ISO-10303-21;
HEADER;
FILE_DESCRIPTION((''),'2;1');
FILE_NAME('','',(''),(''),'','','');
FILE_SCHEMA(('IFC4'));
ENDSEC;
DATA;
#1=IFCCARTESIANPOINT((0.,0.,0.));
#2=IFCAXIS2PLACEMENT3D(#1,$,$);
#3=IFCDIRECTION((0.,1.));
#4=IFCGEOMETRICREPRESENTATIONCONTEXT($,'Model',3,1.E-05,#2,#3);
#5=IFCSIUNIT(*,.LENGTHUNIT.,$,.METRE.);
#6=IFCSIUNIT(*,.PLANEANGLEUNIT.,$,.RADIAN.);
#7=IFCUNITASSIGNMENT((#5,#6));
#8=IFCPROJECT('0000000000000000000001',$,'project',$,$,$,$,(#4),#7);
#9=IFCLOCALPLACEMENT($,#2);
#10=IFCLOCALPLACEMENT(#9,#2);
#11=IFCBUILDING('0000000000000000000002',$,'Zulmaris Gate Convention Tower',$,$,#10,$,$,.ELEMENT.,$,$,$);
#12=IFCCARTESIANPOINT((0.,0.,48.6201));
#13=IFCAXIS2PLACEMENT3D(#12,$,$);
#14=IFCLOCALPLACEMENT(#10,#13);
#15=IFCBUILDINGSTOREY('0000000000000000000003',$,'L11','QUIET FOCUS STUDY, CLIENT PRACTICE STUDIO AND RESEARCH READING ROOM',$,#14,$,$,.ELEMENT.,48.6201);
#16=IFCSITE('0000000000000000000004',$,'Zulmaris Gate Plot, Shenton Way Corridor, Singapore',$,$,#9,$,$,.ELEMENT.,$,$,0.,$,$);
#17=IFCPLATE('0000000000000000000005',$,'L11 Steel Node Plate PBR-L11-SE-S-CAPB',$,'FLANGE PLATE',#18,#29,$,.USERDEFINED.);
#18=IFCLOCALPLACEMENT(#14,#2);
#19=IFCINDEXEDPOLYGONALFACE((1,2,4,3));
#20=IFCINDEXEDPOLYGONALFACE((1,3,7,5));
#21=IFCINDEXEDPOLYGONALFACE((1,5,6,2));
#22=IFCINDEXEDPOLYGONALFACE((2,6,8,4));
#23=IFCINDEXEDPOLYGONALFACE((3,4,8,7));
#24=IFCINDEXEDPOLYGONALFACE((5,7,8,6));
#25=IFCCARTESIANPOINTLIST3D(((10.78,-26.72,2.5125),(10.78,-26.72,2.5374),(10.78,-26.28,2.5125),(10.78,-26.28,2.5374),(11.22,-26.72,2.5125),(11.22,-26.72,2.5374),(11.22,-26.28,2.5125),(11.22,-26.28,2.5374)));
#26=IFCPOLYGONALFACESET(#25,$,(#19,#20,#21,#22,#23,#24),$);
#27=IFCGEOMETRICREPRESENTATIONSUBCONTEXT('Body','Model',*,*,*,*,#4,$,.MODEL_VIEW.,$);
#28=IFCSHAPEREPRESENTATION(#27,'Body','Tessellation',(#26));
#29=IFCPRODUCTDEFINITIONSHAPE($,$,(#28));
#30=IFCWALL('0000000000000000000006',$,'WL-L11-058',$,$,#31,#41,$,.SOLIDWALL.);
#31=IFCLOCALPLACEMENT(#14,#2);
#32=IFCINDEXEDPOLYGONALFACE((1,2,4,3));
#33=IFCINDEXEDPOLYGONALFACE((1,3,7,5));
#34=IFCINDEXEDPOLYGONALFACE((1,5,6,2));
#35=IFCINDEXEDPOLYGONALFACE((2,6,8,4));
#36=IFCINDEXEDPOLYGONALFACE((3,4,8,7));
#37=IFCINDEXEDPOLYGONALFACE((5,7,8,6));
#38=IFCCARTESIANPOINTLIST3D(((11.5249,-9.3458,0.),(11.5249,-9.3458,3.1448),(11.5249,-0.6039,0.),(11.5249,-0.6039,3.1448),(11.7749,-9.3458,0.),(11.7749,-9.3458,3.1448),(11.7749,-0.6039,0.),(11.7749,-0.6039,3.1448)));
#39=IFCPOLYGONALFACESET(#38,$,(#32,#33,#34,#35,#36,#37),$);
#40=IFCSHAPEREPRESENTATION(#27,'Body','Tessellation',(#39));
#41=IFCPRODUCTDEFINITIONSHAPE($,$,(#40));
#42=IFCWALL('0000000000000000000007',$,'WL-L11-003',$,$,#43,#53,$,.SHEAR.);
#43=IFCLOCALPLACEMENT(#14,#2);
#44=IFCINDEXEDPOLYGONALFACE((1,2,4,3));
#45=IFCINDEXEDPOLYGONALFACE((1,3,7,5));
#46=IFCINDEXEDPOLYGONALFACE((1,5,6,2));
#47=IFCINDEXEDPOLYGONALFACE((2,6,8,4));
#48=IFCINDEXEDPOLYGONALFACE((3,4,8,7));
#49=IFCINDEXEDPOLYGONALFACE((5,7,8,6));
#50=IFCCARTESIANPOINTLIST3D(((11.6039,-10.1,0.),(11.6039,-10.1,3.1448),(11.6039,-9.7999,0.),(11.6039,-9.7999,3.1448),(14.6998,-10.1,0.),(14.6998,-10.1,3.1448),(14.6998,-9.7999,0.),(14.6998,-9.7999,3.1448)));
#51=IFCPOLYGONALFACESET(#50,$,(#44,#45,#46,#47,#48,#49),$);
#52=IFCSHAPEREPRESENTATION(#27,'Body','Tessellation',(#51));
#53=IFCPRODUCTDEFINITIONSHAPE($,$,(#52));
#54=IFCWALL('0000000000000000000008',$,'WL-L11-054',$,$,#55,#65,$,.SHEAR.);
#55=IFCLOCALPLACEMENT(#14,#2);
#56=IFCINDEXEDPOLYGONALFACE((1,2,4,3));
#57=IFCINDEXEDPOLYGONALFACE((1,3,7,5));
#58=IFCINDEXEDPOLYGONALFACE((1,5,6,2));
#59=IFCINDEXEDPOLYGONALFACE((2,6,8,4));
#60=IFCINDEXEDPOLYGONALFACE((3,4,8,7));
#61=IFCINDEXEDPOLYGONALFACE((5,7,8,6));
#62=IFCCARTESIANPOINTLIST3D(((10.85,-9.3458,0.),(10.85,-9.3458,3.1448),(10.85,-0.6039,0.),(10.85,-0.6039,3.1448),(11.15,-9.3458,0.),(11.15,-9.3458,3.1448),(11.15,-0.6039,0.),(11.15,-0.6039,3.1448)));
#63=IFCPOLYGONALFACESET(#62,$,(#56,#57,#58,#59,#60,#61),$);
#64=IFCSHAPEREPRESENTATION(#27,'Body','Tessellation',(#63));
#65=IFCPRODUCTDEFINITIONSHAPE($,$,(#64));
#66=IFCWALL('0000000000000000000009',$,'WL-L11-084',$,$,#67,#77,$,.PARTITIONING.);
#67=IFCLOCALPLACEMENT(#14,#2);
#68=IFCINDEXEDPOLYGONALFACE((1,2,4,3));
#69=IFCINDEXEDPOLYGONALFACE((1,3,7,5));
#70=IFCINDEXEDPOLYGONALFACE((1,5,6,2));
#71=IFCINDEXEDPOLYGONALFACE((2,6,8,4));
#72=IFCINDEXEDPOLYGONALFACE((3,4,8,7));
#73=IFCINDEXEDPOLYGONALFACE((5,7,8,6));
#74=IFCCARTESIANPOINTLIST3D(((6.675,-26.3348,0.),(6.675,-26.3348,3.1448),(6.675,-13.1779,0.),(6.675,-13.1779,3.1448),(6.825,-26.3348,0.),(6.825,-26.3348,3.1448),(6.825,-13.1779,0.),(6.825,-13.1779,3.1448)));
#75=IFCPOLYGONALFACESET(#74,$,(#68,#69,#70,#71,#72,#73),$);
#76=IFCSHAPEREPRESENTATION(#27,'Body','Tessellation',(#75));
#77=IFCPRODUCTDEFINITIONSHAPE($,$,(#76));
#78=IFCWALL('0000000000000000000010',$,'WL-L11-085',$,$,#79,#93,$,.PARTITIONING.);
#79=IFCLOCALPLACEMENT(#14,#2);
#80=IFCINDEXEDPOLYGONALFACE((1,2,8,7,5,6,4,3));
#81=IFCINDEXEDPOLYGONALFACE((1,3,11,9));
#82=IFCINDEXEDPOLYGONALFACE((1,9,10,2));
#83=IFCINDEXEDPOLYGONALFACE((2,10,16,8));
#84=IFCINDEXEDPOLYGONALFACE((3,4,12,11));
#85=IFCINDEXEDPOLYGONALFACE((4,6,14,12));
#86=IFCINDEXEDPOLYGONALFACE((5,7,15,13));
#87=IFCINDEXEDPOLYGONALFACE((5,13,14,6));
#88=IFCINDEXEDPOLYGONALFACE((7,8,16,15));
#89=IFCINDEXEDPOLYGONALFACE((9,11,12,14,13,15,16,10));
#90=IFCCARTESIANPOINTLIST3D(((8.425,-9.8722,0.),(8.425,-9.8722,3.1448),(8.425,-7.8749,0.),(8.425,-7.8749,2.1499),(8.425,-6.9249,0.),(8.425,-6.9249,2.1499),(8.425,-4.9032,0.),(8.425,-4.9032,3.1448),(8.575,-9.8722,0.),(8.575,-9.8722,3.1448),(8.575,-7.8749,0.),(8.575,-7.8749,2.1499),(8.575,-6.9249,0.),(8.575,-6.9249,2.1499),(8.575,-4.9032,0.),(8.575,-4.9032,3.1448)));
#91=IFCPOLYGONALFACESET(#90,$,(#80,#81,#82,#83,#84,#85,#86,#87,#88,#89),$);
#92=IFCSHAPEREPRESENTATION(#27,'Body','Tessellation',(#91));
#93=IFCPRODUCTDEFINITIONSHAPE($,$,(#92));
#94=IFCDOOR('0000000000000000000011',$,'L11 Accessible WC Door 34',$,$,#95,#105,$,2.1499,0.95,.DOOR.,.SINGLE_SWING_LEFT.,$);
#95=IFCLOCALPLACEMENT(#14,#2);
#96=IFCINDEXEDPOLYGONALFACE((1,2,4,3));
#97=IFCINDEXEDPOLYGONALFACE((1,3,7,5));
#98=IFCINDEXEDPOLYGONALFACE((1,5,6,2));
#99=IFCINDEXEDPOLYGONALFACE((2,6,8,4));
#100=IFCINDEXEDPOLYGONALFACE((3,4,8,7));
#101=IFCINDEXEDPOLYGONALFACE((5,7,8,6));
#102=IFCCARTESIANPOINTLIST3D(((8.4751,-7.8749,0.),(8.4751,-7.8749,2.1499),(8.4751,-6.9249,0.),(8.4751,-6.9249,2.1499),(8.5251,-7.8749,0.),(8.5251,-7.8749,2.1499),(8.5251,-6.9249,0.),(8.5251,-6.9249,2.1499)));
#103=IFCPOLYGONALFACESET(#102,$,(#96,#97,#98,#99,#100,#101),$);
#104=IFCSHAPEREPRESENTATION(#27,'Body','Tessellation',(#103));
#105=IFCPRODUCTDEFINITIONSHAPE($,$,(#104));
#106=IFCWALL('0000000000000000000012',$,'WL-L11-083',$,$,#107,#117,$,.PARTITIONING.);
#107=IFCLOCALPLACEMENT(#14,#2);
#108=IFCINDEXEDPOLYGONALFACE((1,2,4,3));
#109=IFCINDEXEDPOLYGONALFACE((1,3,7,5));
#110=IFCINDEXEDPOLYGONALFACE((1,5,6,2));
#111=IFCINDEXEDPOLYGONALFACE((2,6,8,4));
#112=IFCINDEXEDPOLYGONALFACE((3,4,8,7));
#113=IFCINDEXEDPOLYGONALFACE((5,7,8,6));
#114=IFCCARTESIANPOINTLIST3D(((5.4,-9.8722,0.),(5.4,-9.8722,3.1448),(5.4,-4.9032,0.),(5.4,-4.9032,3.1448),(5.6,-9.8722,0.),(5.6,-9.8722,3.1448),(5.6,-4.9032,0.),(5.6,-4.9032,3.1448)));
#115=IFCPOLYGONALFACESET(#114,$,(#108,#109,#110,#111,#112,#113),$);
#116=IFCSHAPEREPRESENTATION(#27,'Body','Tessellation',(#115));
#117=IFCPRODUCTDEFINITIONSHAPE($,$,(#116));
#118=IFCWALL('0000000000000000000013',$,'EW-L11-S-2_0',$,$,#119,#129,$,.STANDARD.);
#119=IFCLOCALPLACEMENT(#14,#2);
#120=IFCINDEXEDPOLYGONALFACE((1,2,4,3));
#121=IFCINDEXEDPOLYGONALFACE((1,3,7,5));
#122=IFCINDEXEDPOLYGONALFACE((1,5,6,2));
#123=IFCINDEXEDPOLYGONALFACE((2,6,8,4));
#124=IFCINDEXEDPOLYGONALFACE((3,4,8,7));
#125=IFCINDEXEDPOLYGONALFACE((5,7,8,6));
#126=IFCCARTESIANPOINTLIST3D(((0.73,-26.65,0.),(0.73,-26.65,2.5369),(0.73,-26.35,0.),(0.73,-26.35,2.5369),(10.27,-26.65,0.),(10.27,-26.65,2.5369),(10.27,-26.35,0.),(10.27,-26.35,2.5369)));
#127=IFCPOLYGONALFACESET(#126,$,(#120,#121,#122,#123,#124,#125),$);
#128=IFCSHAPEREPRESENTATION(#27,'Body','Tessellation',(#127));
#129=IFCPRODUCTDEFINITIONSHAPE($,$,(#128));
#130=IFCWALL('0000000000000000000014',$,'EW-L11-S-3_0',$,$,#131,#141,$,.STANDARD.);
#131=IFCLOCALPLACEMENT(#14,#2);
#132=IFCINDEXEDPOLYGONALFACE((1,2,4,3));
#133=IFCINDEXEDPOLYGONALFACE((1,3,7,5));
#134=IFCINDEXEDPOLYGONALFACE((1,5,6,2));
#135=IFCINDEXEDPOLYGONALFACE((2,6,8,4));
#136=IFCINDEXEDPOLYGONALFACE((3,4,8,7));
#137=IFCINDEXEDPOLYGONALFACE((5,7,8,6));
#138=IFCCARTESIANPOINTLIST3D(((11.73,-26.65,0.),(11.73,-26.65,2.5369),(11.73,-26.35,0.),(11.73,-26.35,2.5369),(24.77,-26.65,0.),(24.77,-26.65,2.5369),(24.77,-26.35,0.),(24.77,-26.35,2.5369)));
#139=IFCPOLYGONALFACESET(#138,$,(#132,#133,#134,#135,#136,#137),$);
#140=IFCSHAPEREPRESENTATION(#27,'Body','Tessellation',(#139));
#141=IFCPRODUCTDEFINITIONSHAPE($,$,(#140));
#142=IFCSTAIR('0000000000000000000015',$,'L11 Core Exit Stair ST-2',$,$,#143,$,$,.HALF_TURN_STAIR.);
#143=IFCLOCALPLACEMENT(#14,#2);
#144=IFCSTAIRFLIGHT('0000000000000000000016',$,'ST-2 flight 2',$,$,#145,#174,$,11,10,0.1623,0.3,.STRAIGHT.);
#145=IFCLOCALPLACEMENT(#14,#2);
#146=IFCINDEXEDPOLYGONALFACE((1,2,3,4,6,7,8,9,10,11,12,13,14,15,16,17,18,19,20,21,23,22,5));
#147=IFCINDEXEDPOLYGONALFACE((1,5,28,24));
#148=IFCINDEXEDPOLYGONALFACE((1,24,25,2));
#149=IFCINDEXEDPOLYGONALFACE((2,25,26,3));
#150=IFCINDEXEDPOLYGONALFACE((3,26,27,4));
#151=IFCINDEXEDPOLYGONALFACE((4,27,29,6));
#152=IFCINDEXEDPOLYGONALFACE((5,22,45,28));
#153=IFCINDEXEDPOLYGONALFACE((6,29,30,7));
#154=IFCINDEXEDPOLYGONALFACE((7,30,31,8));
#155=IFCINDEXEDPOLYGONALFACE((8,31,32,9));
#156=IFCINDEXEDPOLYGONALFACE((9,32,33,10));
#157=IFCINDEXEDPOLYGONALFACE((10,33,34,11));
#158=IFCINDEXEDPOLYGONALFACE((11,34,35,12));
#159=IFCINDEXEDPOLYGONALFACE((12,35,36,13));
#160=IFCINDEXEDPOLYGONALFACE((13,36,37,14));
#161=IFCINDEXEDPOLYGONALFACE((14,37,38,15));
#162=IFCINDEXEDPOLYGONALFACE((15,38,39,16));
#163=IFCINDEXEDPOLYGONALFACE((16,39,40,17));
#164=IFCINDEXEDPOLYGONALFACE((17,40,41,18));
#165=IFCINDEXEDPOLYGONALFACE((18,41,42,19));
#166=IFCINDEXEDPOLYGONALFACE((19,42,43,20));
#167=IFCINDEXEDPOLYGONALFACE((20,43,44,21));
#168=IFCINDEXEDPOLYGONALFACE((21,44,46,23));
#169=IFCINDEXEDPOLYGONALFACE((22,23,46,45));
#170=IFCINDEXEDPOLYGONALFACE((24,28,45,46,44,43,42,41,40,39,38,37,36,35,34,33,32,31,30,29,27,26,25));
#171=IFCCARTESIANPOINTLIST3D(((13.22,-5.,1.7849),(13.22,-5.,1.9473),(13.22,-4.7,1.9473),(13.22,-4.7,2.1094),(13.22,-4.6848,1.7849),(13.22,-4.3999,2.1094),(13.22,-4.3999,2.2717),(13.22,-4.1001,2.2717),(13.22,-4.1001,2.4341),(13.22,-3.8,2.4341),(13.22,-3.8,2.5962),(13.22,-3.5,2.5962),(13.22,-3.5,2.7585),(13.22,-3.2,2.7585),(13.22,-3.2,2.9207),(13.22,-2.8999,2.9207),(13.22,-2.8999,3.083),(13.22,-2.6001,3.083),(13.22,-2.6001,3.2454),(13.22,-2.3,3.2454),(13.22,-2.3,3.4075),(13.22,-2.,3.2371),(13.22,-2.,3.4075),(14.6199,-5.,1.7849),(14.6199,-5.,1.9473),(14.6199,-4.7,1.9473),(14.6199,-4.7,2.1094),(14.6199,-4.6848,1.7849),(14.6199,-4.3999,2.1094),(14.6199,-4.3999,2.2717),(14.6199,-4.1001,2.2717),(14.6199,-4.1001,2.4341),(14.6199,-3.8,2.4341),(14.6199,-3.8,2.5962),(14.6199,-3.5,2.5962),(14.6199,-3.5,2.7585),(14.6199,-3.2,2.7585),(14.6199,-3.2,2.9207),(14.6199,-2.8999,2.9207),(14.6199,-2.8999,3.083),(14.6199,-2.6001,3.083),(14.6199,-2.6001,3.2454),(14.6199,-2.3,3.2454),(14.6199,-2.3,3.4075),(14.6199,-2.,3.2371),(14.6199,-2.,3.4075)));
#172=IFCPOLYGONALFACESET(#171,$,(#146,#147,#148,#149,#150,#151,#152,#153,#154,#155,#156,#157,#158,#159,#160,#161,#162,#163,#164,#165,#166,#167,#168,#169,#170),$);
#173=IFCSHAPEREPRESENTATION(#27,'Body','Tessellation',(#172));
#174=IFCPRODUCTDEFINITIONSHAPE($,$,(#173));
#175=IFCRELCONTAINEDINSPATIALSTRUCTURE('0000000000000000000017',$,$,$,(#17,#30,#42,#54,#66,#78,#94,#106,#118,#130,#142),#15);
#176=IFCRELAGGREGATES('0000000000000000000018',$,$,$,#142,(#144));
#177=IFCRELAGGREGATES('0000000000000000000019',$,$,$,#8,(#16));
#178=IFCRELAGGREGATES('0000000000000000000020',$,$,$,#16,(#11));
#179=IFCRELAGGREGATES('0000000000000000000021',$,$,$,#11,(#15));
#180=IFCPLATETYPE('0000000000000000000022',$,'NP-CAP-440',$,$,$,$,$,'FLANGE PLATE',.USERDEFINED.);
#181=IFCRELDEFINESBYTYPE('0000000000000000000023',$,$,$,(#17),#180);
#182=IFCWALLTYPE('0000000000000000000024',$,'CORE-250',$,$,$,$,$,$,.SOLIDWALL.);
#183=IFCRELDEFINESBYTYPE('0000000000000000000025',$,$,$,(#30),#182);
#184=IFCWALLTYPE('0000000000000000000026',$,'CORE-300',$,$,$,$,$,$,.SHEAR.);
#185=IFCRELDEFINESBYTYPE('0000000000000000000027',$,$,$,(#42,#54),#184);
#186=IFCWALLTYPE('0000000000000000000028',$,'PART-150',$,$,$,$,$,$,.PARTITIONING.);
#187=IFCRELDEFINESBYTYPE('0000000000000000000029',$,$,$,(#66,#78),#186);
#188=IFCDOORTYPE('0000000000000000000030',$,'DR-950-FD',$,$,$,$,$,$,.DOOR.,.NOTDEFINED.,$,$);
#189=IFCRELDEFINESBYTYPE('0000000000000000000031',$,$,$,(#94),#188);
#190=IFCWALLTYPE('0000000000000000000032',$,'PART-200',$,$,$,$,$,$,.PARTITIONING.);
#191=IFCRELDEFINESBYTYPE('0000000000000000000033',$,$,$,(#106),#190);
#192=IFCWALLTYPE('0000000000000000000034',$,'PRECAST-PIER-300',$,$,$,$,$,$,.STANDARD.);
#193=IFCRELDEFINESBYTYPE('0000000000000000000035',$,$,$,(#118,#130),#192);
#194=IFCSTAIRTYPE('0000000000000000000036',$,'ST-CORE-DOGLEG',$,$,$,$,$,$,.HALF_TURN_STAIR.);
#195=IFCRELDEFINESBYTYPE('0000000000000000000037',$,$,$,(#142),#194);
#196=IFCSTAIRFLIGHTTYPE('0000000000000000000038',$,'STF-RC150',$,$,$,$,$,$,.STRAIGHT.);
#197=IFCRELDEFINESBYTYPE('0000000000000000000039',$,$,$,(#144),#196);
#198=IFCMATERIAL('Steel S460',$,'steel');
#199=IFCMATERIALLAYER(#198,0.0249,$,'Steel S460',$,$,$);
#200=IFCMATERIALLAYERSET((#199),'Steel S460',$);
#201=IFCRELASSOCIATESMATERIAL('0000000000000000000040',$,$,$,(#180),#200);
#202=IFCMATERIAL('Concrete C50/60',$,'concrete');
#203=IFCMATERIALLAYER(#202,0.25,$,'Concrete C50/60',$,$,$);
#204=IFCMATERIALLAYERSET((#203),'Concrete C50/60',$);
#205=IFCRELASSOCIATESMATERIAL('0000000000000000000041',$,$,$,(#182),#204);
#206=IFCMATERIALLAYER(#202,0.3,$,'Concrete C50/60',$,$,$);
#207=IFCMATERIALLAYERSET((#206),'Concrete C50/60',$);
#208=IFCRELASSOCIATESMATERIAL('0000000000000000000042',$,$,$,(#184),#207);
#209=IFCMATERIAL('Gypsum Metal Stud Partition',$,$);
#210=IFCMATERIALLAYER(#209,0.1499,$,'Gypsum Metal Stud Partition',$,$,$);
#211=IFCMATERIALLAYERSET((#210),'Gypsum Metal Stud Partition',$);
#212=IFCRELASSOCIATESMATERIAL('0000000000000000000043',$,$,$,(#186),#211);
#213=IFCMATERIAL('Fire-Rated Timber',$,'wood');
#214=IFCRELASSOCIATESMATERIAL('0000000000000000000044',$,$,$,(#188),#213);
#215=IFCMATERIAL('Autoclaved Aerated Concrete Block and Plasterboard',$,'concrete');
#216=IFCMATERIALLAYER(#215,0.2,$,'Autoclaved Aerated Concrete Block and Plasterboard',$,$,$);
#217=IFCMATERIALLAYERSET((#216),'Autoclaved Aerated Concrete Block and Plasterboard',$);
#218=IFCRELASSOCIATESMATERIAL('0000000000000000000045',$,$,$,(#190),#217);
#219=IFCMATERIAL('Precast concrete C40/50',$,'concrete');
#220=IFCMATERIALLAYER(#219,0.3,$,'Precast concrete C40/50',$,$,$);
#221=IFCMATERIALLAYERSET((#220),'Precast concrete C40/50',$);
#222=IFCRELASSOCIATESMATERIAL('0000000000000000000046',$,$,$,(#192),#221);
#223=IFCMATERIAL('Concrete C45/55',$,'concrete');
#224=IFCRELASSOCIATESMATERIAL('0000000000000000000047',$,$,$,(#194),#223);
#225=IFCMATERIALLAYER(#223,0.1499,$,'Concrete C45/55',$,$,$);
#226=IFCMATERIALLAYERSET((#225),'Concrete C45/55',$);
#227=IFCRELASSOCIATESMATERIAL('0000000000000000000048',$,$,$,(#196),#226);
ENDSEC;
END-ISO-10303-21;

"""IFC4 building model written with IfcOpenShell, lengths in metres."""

from ifc_helpers import new_model, si_unit, direction, frame, frame_2d, origin, origin_2d, place, context, subcontext, project, spatial, polyline, rectangle, outline, extrude, material, layer, layer_set, type_object, element, fill, aggregate, save


model = new_model("IFC4")

# Units and contexts
model_context = context("Model", 3, precision=1e-05, world=origin(), true_north=direction((0.0, 1.0)))
body_context = subcontext(model_context, "Body", "Model", "MODEL_VIEW")
ifc_project = project(units=[si_unit("LENGTHUNIT", "METRE"), si_unit("PLANEANGLEUNIT", "RADIAN")], contexts=[model_context])

# Site, building, storey
site_placement = place(None, origin())
site = spatial("IfcSite", under=ifc_project, at=site_placement, Name="Zulmaris Gate Plot, Shenton Way Corridor, Singapore", CompositionType="ELEMENT", RefElevation=0.0)
building_placement = place(site_placement, origin())
building = spatial("IfcBuilding", under=site, at=building_placement, Name="Zulmaris Gate Convention Tower", CompositionType="ELEMENT")
storey_placement = place(building_placement, frame((0.0, 0.0, 48.6201)))
storey = spatial("IfcBuildingStorey", under=building, at=storey_placement, Name="L11", Description="QUIET FOCUS STUDY, CLIENT PRACTICE STUDIO AND RESEARCH READING ROOM", CompositionType="ELEMENT", Elevation=48.6201)

# Plate
ifc_material_1 = material(Name="Steel S460", Category="steel")
ifc_layer_1 = layer(ifc_material_1, 0.0249, Name="Steel S460")
ifc_layer_set_1 = layer_set([ifc_layer_1], Name="Steel S460")
plate_type = type_object("IfcPlateType", Name="NP-CAP-440", ElementType="FLANGE PLATE", PredefinedType="USERDEFINED", material=ifc_layer_set_1)
plate_placement = place(storey_placement, frame((11.0, -26.5, 2.5125), z_axis=(0.0, 0.0, 1.0), x_axis=(1.0, 0.0, 0.0)))
element("IfcPlate", 1, at=plate_placement, inside=storey, type_object=plate_type, Name="L11 Steel Node Plate PBR-L11-SE-S-CAPB", ObjectType="FLANGE PLATE", PredefinedType="USERDEFINED", context=body_context, shape_type="SweptSolid", body=[
    extrude(rectangle(XDim=0.4399, YDim=0.4399, at=origin_2d()), origin(), (0.0, 0.0, 1.0), 0.0249),
])

# Walls
ifc_material_2 = material(Name="Concrete C50/60", Category="concrete")
ifc_layer_2 = layer(ifc_material_2, 0.25, Name="Concrete C50/60")
ifc_layer_set_2 = layer_set([ifc_layer_2], Name="Concrete C50/60")
wall_type_1 = type_object("IfcWallType", Name="CORE-250", PredefinedType="SOLIDWALL", material=ifc_layer_set_2)
wall_1_placement = place(storey_placement, frame((11.6499, -9.3459, 0.0), z_axis=(0.0, 0.0, 1.0), x_axis=(0.0, 1.0, 0.0)))
element("IfcWall", 2, at=wall_1_placement, inside=storey, type_object=wall_type_1, Name="WL-L11-058", PredefinedType="SOLIDWALL", context=body_context, shape_type="SweptSolid", body=[
    extrude(rectangle(XDim=8.7419, YDim=0.25, at=frame_2d((4.3711, 0.0))), origin(), (0.0, 0.0, 1.0), 3.1448),
])
ifc_layer_3 = layer(ifc_material_2, 0.3, Name="Concrete C50/60")
ifc_layer_set_3 = layer_set([ifc_layer_3], Name="Concrete C50/60")
wall_type_2 = type_object("IfcWallType", Name="CORE-300", PredefinedType="SHEAR", material=ifc_layer_set_3)
wall_2_placement = place(storey_placement, frame((11.604, -9.95, 0.0), z_axis=(0.0, 0.0, 1.0), x_axis=(1.0, 0.0, 0.0)))
element("IfcWall", 3, at=wall_2_placement, inside=storey, type_object=wall_type_2, Name="WL-L11-003", PredefinedType="SHEAR", context=body_context, shape_type="SweptSolid", body=[
    extrude(rectangle(XDim=3.0959, YDim=0.3, at=frame_2d((1.5479, 0.0))), origin(), (0.0, 0.0, 1.0), 3.1448),
])
wall_3_placement = place(storey_placement, frame((11.0, -9.3459, 0.0), z_axis=(0.0, 0.0, 1.0), x_axis=(0.0, 1.0, 0.0)))
element("IfcWall", 4, at=wall_3_placement, inside=storey, type_object=wall_type_2, Name="WL-L11-054", PredefinedType="SHEAR", context=body_context, shape_type="SweptSolid", body=[
    extrude(rectangle(XDim=8.7419, YDim=0.3, at=frame_2d((4.3711, 0.0))), origin(), (0.0, 0.0, 1.0), 3.1448),
])
ifc_material_3 = material(Name="Gypsum Metal Stud Partition")
ifc_layer_4 = layer(ifc_material_3, 0.1499, Name="Gypsum Metal Stud Partition")
ifc_layer_set_4 = layer_set([ifc_layer_4], Name="Gypsum Metal Stud Partition")
wall_type_3 = type_object("IfcWallType", Name="PART-150", PredefinedType="PARTITIONING", material=ifc_layer_set_4)
wall_4_placement = place(storey_placement, frame((6.75, -26.335, 0.0), z_axis=(0.0, 0.0, 1.0), x_axis=(0.0, 1.0, 0.0)))
element("IfcWall", 5, at=wall_4_placement, inside=storey, type_object=wall_type_3, Name="WL-L11-084", PredefinedType="PARTITIONING", context=body_context, shape_type="SweptSolid", body=[
    extrude(rectangle(XDim=13.157, YDim=0.1499, at=frame_2d((6.5786, 0.0))), origin(), (0.0, 0.0, 1.0), 3.1448),
])

# Wall, opening, door
wall_5_placement = place(storey_placement, frame((8.5, -9.8721, 0.0), z_axis=(0.0, 0.0, 1.0), x_axis=(0.0, 1.0, 0.0)))
wall_5 = element("IfcWall", 6, at=wall_5_placement, inside=storey, type_object=wall_type_3, Name="WL-L11-085", PredefinedType="PARTITIONING", context=body_context, shape_type="SweptSolid", body=[
    extrude(rectangle(XDim=4.969, YDim=0.1499, at=frame_2d((2.4844, 0.0))), origin(), (0.0, 0.0, 1.0), 3.1448),
])
opening_1_placement = place(wall_5_placement, frame((1.9971, 0.0, 0.0)))
opening_1 = element("IfcOpeningElement", 7, at=opening_1_placement, cuts=wall_5, PredefinedType="OPENING", context=body_context, shape_type="SweptSolid", body=[
    extrude(rectangle(XDim=0.95, YDim=2.1499, at=frame_2d((0.4751, 1.075))), frame((0.0, 0.085, 0.0), z_axis=(0.0, -1.0, 0.0), x_axis=(1.0, 0.0, 0.0)), (0.0, 0.0, 1.0), 0.1699),
])
ifc_material_4 = material(Name="Fire-Rated Timber", Category="wood")
door_type = type_object("IfcDoorType", Name="DR-950-FD", OperationType="NOTDEFINED", PredefinedType="DOOR", material=ifc_material_4)
door_1_placement = place(opening_1_placement, origin())
door_1 = element("IfcDoor", 8, at=door_1_placement, inside=storey, type_object=door_type, Name="L11 Accessible WC Door 34", OperationType="SINGLE_SWING_LEFT", OverallHeight=2.1499, OverallWidth=0.95, PredefinedType="DOOR", context=body_context, shape_type="SweptSolid", body=[
    extrude(rectangle(XDim=0.95, YDim=2.1499, at=frame_2d((0.4751, 1.075))), frame((0.0, 0.0249, 0.0), z_axis=(0.0, -1.0, 0.0), x_axis=(1.0, 0.0, 0.0)), (0.0, 0.0, 1.0), 0.05),
])
fill(opening_1, door_1)

# Walls
ifc_material_5 = material(Name="Autoclaved Aerated Concrete Block and Plasterboard", Category="concrete")
ifc_layer_5 = layer(ifc_material_5, 0.2, Name="Autoclaved Aerated Concrete Block and Plasterboard")
ifc_layer_set_5 = layer_set([ifc_layer_5], Name="Autoclaved Aerated Concrete Block and Plasterboard")
wall_type_4 = type_object("IfcWallType", Name="PART-200", PredefinedType="PARTITIONING", material=ifc_layer_set_5)
wall_6_placement = place(storey_placement, frame((5.5, -9.8721, 0.0), z_axis=(0.0, 0.0, 1.0), x_axis=(0.0, 1.0, 0.0)))
element("IfcWall", 9, at=wall_6_placement, inside=storey, type_object=wall_type_4, Name="WL-L11-083", PredefinedType="PARTITIONING", context=body_context, shape_type="SweptSolid", body=[
    extrude(rectangle(XDim=4.969, YDim=0.2, at=frame_2d((2.4844, 0.0))), origin(), (0.0, 0.0, 1.0), 3.1448),
])
ifc_material_6 = material(Name="Precast concrete C40/50", Category="concrete")
ifc_layer_6 = layer(ifc_material_6, 0.3, Name="Precast concrete C40/50")
ifc_layer_set_6 = layer_set([ifc_layer_6], Name="Precast concrete C40/50")
wall_type_5 = type_object("IfcWallType", Name="PRECAST-PIER-300", PredefinedType="STANDARD", material=ifc_layer_set_6)
wall_7_placement = place(storey_placement, frame((0.73, -26.5, 0.0), z_axis=(0.0, 0.0, 1.0), x_axis=(1.0, 0.0, 0.0)))
element("IfcWall", 10, at=wall_7_placement, inside=storey, type_object=wall_type_5, Name="EW-L11-S-2_0", PredefinedType="STANDARD", context=body_context, shape_type="SweptSolid", body=[
    extrude(rectangle(XDim=9.54, YDim=0.3, at=frame_2d((4.77, 0.0))), origin(), (0.0, 0.0, 1.0), 2.5369),
])
wall_8_placement = place(storey_placement, frame((11.73, -26.5, 0.0), z_axis=(0.0, 0.0, 1.0), x_axis=(1.0, 0.0, 0.0)))
element("IfcWall", 11, at=wall_8_placement, inside=storey, type_object=wall_type_5, Name="EW-L11-S-3_0", PredefinedType="STANDARD", context=body_context, shape_type="SweptSolid", body=[
    extrude(rectangle(XDim=13.04, YDim=0.3, at=frame_2d((6.52, 0.0))), origin(), (0.0, 0.0, 1.0), 2.5369),
])

# Stair, stair flight
ifc_material_7 = material(Name="Concrete C45/55", Category="concrete")
stair_type = type_object("IfcStairType", Name="ST-CORE-DOGLEG", PredefinedType="HALF_TURN_STAIR", material=ifc_material_7)
stair_placement = place(storey_placement, origin())
stair = element("IfcStair", 12, at=stair_placement, inside=storey, type_object=stair_type, Name="L11 Core Exit Stair ST-2", PredefinedType="HALF_TURN_STAIR")
ifc_layer_7 = layer(ifc_material_7, 0.1499, Name="Concrete C45/55")
ifc_layer_set_7 = layer_set([ifc_layer_7], Name="Concrete C45/55")
stair_flight_type = type_object("IfcStairFlightType", Name="STF-RC150", PredefinedType="STRAIGHT", material=ifc_layer_set_7)
stair_flight_placement = place(storey_placement, frame((13.9199, -5.0, 1.7849), z_axis=(0.0, 0.0, 1.0), x_axis=(0.0, 1.0, 0.0)))
stair_flight = element("IfcStairFlight", 13, at=stair_flight_placement, type_object=stair_flight_type, Name="ST-2 flight 2", NumberOfRisers=11, NumberOfTreads=10, PredefinedType="STRAIGHT", RiserHeight=0.1623, TreadLength=0.3, context=body_context, shape_type="SweptSolid", body=[
    extrude(outline(polyline([(0.0, 0.0), (0.0, 0.1624), (0.3, 0.1624), (0.3, 0.3245), (0.6001, 0.3245), (0.6001, 0.4868), (0.8999, 0.4868), (0.8999, 0.6492), (1.2, 0.6492), (1.2, 0.8113), (1.5, 0.8113), (1.5, 0.9736), (1.8, 0.9736), (1.8, 1.1357), (2.1001, 1.1357), (2.1001, 1.2981), (2.3999, 1.2981), (2.3999, 1.4604), (2.7, 1.4604), (2.7, 1.6226), (3.0, 1.6226), (3.0, 1.7849), (3.0, 1.4521), (0.3152, 0.0), (0.0, 0.0)])), frame((0.0, 0.7, 0.0), z_axis=(0.0, -1.0, 0.0), x_axis=(1.0, 0.0, 0.0)), (0.0, 0.0, 1.0), 1.3999),
])
aggregate(stair, [stair_flight])

save(model, "model.ifc")
